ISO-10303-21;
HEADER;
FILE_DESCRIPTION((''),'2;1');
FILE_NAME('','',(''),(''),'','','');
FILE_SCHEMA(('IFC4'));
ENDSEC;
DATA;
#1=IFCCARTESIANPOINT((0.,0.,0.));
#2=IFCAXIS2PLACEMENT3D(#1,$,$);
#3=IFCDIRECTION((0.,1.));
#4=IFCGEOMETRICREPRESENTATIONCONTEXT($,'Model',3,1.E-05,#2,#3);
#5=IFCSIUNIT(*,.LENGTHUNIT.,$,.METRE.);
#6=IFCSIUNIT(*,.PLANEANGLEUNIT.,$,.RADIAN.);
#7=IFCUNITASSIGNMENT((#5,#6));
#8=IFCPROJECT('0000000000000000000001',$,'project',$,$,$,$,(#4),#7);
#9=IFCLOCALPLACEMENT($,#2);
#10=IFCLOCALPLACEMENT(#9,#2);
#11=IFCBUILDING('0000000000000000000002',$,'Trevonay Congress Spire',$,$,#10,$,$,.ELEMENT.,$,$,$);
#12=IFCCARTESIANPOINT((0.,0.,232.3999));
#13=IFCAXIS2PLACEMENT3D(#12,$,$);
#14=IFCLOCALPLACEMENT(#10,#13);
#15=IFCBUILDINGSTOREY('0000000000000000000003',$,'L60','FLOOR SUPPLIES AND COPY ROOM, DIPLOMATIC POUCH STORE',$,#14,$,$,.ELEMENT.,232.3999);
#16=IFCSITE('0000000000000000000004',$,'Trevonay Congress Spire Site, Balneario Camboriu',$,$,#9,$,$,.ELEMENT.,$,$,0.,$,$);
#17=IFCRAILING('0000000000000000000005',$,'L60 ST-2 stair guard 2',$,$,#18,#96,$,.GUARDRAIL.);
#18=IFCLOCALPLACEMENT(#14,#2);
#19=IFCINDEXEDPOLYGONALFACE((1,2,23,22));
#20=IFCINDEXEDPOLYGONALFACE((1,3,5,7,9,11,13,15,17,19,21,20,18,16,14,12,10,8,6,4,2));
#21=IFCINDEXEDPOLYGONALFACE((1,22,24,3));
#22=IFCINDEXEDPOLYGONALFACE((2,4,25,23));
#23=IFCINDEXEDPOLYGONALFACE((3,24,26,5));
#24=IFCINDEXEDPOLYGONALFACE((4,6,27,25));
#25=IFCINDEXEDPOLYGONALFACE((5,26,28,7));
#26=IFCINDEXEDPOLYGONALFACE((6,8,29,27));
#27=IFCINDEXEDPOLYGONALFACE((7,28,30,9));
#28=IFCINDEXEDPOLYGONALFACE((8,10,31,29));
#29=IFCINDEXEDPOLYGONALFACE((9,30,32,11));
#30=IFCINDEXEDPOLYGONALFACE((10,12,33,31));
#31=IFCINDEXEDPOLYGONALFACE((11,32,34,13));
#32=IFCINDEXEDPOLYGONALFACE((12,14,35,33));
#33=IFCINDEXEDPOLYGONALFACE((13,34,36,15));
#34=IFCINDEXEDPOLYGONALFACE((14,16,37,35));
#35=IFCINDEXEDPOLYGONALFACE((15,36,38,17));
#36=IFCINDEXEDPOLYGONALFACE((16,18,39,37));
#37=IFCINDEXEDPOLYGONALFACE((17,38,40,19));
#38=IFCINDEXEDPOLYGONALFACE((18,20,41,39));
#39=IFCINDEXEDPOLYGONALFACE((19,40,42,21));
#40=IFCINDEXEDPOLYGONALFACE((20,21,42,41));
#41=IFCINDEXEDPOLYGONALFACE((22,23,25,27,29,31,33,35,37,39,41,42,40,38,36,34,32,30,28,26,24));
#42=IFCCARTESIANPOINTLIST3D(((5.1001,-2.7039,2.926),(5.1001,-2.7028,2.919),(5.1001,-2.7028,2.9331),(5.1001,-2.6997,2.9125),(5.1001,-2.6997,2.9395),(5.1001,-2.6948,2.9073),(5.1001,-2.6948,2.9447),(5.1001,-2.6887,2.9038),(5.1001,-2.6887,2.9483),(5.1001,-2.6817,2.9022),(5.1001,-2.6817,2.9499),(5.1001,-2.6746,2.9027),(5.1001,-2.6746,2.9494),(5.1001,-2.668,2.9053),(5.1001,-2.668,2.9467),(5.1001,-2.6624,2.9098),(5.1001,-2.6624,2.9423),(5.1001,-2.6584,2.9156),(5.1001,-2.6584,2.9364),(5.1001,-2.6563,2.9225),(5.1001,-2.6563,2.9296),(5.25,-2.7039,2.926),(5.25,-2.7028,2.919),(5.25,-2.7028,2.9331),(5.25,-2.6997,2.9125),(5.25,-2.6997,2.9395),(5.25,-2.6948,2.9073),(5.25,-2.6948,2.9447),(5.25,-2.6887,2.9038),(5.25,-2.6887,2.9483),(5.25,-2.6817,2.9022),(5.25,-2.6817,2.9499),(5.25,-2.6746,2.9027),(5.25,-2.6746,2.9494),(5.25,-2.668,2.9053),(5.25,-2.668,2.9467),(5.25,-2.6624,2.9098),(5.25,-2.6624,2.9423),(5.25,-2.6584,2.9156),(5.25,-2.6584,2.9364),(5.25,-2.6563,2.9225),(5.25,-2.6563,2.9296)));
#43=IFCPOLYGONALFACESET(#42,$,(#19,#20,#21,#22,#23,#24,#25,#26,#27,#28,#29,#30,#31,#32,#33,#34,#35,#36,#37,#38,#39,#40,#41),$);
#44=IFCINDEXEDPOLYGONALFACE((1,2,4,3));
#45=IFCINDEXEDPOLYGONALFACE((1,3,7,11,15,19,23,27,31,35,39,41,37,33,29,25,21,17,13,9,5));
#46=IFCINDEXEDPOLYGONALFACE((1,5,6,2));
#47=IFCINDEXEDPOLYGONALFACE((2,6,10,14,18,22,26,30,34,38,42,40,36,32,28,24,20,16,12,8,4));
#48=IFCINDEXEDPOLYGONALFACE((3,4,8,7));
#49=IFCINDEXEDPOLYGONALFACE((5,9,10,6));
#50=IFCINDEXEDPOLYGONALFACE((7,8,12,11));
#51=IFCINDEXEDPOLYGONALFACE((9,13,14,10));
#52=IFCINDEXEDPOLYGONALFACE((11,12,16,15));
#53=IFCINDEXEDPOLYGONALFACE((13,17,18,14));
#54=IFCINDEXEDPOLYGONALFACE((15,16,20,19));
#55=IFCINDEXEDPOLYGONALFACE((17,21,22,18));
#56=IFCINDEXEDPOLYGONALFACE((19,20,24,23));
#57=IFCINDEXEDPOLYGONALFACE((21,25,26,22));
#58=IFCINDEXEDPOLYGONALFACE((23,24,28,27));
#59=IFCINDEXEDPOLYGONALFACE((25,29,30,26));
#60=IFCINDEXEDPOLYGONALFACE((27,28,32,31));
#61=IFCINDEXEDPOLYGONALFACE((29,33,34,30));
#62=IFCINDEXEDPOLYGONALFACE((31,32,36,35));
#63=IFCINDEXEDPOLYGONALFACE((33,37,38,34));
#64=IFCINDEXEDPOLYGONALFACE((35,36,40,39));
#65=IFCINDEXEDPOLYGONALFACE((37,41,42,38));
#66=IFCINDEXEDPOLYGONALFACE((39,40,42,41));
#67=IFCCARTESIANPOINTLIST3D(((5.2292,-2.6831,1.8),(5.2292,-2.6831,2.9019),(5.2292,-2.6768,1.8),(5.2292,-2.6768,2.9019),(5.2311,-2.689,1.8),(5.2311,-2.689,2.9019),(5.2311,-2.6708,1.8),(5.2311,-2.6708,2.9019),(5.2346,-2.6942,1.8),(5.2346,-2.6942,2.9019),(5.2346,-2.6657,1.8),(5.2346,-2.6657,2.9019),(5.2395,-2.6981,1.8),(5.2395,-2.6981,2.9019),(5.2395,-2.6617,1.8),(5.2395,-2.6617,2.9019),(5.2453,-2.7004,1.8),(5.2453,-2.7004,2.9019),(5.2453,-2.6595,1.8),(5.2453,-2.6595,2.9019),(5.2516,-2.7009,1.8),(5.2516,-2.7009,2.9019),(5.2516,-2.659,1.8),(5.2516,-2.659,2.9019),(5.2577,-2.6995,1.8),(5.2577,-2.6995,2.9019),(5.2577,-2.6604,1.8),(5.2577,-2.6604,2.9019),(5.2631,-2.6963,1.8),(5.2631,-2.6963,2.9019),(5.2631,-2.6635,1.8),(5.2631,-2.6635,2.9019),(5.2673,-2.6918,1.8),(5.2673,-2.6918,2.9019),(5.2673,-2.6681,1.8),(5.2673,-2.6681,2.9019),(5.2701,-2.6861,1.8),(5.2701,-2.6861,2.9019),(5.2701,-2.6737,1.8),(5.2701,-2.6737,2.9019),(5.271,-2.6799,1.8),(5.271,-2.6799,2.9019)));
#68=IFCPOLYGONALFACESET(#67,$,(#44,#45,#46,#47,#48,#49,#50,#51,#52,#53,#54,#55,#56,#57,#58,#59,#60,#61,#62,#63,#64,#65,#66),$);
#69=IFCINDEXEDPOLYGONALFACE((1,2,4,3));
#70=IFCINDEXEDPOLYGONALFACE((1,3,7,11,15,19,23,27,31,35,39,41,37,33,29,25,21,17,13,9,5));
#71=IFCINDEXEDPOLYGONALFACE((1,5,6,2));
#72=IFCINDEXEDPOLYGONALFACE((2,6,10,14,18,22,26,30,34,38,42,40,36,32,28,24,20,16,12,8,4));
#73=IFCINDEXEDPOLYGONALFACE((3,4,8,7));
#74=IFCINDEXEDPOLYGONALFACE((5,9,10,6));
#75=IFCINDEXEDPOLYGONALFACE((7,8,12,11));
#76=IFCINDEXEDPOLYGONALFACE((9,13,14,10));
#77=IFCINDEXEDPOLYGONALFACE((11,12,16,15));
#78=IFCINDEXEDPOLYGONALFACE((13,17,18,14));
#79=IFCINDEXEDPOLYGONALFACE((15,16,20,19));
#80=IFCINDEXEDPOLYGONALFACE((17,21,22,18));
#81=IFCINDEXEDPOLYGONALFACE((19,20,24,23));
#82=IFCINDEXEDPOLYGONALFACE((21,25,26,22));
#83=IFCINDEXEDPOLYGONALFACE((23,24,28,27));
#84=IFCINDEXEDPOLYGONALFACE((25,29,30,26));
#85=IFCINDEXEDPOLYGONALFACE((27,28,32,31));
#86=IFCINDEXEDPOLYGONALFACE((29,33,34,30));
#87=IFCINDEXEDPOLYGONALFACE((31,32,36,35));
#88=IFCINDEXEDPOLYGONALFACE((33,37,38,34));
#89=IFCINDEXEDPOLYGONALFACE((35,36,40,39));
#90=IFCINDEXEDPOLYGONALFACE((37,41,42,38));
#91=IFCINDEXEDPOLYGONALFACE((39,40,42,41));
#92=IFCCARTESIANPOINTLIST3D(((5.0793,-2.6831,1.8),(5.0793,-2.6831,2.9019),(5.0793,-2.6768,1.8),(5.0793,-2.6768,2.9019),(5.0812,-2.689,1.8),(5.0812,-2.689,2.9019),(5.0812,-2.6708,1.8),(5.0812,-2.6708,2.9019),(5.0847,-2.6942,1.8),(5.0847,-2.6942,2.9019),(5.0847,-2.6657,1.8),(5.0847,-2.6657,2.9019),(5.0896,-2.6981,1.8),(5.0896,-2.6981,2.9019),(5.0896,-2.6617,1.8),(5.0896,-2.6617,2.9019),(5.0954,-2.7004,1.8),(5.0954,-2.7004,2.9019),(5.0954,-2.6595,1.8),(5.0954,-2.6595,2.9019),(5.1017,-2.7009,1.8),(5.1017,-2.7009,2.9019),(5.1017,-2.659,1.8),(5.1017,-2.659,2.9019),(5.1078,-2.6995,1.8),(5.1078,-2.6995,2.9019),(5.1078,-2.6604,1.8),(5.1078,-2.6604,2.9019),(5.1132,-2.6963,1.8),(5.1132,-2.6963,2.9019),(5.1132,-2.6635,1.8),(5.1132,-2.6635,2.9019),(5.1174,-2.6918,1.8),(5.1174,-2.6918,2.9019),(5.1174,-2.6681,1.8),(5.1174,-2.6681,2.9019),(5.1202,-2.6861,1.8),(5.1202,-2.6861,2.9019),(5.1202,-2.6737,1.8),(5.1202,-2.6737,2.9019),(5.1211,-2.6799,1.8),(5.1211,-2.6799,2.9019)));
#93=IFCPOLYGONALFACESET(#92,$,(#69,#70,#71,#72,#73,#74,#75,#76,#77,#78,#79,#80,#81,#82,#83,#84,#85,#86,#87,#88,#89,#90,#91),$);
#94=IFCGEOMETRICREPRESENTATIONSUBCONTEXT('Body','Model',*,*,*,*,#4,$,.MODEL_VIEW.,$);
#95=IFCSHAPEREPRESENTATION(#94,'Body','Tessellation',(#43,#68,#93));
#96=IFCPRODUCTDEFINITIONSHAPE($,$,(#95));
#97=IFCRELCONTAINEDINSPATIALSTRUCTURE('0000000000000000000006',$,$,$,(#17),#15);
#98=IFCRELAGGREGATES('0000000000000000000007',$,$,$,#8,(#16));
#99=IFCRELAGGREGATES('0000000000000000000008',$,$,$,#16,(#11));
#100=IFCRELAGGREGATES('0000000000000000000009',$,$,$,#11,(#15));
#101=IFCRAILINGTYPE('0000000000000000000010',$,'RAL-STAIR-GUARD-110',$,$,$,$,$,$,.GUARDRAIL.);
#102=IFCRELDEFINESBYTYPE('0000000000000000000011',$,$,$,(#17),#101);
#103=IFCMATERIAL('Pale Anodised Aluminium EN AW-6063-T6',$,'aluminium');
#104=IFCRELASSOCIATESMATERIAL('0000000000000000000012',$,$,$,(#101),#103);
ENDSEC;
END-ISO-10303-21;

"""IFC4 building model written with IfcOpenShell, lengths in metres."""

from ifc_helpers import new_model, si_unit, direction, frame, origin, origin_2d, place, context, subcontext, project, spatial, circle, extrude, material, type_object, element, save


model = new_model("IFC4")

# Units and contexts
model_context = context("Model", 3, precision=1e-05, world=origin(), true_north=direction((0.0, 1.0)))
body_context = subcontext(model_context, "Body", "Model", "MODEL_VIEW")
ifc_project = project(units=[si_unit("LENGTHUNIT", "METRE"), si_unit("PLANEANGLEUNIT", "RADIAN")], contexts=[model_context])

# Site, building, storey
site_placement = place(None, origin())
site = spatial("IfcSite", under=ifc_project, at=site_placement, Name="Trevonay Congress Spire Site, Balneario Camboriu", CompositionType="ELEMENT", RefElevation=0.0)
building_placement = place(site_placement, origin())
building = spatial("IfcBuilding", under=site, at=building_placement, Name="Trevonay Congress Spire", CompositionType="ELEMENT")
storey_placement = place(building_placement, frame((0.0, 0.0, 232.3999)))
storey = spatial("IfcBuildingStorey", under=building, at=storey_placement, Name="L60", Description="FLOOR SUPPLIES AND COPY ROOM, DIPLOMATIC POUCH STORE", CompositionType="ELEMENT", Elevation=232.3999)

# Shared definitions
ifc_material_1 = material(Name="Pale Anodised Aluminium EN AW-6063-T6", Category="aluminium")

# Railing
railing_type_1 = type_object("IfcRailingType", Name="RAL-STAIR-GUARD-110", PredefinedType="GUARDRAIL", material=ifc_material_1)
railing_1_placement = place(storey_placement, frame((5.25, -2.6799, 1.8)))
element("IfcRailing", 1, at=railing_1_placement, inside=storey, type_object=railing_type_1, Name="L60 ST-2 stair guard 2", PredefinedType="GUARDRAIL", context=body_context, shape_type="SweptSolid", body=[
    extrude(circle(Radius=0.0239, at=origin_2d()), frame((0.0, 0.0, 1.126), z_axis=(-1.0, 0.0, 0.0), x_axis=(0.0, -1.0, 0.0)), (0.0, 0.0, 1.0), 0.1499),
    extrude(circle(Radius=0.021, at=origin_2d()), origin(), (0.0, 0.0, 1.0), 1.1018),
    extrude(circle(Radius=0.021, at=origin_2d()), frame((-0.1499, 0.0, 0.0)), (0.0, 0.0, 1.0), 1.1018),
])

save(model, "model.ifc")
